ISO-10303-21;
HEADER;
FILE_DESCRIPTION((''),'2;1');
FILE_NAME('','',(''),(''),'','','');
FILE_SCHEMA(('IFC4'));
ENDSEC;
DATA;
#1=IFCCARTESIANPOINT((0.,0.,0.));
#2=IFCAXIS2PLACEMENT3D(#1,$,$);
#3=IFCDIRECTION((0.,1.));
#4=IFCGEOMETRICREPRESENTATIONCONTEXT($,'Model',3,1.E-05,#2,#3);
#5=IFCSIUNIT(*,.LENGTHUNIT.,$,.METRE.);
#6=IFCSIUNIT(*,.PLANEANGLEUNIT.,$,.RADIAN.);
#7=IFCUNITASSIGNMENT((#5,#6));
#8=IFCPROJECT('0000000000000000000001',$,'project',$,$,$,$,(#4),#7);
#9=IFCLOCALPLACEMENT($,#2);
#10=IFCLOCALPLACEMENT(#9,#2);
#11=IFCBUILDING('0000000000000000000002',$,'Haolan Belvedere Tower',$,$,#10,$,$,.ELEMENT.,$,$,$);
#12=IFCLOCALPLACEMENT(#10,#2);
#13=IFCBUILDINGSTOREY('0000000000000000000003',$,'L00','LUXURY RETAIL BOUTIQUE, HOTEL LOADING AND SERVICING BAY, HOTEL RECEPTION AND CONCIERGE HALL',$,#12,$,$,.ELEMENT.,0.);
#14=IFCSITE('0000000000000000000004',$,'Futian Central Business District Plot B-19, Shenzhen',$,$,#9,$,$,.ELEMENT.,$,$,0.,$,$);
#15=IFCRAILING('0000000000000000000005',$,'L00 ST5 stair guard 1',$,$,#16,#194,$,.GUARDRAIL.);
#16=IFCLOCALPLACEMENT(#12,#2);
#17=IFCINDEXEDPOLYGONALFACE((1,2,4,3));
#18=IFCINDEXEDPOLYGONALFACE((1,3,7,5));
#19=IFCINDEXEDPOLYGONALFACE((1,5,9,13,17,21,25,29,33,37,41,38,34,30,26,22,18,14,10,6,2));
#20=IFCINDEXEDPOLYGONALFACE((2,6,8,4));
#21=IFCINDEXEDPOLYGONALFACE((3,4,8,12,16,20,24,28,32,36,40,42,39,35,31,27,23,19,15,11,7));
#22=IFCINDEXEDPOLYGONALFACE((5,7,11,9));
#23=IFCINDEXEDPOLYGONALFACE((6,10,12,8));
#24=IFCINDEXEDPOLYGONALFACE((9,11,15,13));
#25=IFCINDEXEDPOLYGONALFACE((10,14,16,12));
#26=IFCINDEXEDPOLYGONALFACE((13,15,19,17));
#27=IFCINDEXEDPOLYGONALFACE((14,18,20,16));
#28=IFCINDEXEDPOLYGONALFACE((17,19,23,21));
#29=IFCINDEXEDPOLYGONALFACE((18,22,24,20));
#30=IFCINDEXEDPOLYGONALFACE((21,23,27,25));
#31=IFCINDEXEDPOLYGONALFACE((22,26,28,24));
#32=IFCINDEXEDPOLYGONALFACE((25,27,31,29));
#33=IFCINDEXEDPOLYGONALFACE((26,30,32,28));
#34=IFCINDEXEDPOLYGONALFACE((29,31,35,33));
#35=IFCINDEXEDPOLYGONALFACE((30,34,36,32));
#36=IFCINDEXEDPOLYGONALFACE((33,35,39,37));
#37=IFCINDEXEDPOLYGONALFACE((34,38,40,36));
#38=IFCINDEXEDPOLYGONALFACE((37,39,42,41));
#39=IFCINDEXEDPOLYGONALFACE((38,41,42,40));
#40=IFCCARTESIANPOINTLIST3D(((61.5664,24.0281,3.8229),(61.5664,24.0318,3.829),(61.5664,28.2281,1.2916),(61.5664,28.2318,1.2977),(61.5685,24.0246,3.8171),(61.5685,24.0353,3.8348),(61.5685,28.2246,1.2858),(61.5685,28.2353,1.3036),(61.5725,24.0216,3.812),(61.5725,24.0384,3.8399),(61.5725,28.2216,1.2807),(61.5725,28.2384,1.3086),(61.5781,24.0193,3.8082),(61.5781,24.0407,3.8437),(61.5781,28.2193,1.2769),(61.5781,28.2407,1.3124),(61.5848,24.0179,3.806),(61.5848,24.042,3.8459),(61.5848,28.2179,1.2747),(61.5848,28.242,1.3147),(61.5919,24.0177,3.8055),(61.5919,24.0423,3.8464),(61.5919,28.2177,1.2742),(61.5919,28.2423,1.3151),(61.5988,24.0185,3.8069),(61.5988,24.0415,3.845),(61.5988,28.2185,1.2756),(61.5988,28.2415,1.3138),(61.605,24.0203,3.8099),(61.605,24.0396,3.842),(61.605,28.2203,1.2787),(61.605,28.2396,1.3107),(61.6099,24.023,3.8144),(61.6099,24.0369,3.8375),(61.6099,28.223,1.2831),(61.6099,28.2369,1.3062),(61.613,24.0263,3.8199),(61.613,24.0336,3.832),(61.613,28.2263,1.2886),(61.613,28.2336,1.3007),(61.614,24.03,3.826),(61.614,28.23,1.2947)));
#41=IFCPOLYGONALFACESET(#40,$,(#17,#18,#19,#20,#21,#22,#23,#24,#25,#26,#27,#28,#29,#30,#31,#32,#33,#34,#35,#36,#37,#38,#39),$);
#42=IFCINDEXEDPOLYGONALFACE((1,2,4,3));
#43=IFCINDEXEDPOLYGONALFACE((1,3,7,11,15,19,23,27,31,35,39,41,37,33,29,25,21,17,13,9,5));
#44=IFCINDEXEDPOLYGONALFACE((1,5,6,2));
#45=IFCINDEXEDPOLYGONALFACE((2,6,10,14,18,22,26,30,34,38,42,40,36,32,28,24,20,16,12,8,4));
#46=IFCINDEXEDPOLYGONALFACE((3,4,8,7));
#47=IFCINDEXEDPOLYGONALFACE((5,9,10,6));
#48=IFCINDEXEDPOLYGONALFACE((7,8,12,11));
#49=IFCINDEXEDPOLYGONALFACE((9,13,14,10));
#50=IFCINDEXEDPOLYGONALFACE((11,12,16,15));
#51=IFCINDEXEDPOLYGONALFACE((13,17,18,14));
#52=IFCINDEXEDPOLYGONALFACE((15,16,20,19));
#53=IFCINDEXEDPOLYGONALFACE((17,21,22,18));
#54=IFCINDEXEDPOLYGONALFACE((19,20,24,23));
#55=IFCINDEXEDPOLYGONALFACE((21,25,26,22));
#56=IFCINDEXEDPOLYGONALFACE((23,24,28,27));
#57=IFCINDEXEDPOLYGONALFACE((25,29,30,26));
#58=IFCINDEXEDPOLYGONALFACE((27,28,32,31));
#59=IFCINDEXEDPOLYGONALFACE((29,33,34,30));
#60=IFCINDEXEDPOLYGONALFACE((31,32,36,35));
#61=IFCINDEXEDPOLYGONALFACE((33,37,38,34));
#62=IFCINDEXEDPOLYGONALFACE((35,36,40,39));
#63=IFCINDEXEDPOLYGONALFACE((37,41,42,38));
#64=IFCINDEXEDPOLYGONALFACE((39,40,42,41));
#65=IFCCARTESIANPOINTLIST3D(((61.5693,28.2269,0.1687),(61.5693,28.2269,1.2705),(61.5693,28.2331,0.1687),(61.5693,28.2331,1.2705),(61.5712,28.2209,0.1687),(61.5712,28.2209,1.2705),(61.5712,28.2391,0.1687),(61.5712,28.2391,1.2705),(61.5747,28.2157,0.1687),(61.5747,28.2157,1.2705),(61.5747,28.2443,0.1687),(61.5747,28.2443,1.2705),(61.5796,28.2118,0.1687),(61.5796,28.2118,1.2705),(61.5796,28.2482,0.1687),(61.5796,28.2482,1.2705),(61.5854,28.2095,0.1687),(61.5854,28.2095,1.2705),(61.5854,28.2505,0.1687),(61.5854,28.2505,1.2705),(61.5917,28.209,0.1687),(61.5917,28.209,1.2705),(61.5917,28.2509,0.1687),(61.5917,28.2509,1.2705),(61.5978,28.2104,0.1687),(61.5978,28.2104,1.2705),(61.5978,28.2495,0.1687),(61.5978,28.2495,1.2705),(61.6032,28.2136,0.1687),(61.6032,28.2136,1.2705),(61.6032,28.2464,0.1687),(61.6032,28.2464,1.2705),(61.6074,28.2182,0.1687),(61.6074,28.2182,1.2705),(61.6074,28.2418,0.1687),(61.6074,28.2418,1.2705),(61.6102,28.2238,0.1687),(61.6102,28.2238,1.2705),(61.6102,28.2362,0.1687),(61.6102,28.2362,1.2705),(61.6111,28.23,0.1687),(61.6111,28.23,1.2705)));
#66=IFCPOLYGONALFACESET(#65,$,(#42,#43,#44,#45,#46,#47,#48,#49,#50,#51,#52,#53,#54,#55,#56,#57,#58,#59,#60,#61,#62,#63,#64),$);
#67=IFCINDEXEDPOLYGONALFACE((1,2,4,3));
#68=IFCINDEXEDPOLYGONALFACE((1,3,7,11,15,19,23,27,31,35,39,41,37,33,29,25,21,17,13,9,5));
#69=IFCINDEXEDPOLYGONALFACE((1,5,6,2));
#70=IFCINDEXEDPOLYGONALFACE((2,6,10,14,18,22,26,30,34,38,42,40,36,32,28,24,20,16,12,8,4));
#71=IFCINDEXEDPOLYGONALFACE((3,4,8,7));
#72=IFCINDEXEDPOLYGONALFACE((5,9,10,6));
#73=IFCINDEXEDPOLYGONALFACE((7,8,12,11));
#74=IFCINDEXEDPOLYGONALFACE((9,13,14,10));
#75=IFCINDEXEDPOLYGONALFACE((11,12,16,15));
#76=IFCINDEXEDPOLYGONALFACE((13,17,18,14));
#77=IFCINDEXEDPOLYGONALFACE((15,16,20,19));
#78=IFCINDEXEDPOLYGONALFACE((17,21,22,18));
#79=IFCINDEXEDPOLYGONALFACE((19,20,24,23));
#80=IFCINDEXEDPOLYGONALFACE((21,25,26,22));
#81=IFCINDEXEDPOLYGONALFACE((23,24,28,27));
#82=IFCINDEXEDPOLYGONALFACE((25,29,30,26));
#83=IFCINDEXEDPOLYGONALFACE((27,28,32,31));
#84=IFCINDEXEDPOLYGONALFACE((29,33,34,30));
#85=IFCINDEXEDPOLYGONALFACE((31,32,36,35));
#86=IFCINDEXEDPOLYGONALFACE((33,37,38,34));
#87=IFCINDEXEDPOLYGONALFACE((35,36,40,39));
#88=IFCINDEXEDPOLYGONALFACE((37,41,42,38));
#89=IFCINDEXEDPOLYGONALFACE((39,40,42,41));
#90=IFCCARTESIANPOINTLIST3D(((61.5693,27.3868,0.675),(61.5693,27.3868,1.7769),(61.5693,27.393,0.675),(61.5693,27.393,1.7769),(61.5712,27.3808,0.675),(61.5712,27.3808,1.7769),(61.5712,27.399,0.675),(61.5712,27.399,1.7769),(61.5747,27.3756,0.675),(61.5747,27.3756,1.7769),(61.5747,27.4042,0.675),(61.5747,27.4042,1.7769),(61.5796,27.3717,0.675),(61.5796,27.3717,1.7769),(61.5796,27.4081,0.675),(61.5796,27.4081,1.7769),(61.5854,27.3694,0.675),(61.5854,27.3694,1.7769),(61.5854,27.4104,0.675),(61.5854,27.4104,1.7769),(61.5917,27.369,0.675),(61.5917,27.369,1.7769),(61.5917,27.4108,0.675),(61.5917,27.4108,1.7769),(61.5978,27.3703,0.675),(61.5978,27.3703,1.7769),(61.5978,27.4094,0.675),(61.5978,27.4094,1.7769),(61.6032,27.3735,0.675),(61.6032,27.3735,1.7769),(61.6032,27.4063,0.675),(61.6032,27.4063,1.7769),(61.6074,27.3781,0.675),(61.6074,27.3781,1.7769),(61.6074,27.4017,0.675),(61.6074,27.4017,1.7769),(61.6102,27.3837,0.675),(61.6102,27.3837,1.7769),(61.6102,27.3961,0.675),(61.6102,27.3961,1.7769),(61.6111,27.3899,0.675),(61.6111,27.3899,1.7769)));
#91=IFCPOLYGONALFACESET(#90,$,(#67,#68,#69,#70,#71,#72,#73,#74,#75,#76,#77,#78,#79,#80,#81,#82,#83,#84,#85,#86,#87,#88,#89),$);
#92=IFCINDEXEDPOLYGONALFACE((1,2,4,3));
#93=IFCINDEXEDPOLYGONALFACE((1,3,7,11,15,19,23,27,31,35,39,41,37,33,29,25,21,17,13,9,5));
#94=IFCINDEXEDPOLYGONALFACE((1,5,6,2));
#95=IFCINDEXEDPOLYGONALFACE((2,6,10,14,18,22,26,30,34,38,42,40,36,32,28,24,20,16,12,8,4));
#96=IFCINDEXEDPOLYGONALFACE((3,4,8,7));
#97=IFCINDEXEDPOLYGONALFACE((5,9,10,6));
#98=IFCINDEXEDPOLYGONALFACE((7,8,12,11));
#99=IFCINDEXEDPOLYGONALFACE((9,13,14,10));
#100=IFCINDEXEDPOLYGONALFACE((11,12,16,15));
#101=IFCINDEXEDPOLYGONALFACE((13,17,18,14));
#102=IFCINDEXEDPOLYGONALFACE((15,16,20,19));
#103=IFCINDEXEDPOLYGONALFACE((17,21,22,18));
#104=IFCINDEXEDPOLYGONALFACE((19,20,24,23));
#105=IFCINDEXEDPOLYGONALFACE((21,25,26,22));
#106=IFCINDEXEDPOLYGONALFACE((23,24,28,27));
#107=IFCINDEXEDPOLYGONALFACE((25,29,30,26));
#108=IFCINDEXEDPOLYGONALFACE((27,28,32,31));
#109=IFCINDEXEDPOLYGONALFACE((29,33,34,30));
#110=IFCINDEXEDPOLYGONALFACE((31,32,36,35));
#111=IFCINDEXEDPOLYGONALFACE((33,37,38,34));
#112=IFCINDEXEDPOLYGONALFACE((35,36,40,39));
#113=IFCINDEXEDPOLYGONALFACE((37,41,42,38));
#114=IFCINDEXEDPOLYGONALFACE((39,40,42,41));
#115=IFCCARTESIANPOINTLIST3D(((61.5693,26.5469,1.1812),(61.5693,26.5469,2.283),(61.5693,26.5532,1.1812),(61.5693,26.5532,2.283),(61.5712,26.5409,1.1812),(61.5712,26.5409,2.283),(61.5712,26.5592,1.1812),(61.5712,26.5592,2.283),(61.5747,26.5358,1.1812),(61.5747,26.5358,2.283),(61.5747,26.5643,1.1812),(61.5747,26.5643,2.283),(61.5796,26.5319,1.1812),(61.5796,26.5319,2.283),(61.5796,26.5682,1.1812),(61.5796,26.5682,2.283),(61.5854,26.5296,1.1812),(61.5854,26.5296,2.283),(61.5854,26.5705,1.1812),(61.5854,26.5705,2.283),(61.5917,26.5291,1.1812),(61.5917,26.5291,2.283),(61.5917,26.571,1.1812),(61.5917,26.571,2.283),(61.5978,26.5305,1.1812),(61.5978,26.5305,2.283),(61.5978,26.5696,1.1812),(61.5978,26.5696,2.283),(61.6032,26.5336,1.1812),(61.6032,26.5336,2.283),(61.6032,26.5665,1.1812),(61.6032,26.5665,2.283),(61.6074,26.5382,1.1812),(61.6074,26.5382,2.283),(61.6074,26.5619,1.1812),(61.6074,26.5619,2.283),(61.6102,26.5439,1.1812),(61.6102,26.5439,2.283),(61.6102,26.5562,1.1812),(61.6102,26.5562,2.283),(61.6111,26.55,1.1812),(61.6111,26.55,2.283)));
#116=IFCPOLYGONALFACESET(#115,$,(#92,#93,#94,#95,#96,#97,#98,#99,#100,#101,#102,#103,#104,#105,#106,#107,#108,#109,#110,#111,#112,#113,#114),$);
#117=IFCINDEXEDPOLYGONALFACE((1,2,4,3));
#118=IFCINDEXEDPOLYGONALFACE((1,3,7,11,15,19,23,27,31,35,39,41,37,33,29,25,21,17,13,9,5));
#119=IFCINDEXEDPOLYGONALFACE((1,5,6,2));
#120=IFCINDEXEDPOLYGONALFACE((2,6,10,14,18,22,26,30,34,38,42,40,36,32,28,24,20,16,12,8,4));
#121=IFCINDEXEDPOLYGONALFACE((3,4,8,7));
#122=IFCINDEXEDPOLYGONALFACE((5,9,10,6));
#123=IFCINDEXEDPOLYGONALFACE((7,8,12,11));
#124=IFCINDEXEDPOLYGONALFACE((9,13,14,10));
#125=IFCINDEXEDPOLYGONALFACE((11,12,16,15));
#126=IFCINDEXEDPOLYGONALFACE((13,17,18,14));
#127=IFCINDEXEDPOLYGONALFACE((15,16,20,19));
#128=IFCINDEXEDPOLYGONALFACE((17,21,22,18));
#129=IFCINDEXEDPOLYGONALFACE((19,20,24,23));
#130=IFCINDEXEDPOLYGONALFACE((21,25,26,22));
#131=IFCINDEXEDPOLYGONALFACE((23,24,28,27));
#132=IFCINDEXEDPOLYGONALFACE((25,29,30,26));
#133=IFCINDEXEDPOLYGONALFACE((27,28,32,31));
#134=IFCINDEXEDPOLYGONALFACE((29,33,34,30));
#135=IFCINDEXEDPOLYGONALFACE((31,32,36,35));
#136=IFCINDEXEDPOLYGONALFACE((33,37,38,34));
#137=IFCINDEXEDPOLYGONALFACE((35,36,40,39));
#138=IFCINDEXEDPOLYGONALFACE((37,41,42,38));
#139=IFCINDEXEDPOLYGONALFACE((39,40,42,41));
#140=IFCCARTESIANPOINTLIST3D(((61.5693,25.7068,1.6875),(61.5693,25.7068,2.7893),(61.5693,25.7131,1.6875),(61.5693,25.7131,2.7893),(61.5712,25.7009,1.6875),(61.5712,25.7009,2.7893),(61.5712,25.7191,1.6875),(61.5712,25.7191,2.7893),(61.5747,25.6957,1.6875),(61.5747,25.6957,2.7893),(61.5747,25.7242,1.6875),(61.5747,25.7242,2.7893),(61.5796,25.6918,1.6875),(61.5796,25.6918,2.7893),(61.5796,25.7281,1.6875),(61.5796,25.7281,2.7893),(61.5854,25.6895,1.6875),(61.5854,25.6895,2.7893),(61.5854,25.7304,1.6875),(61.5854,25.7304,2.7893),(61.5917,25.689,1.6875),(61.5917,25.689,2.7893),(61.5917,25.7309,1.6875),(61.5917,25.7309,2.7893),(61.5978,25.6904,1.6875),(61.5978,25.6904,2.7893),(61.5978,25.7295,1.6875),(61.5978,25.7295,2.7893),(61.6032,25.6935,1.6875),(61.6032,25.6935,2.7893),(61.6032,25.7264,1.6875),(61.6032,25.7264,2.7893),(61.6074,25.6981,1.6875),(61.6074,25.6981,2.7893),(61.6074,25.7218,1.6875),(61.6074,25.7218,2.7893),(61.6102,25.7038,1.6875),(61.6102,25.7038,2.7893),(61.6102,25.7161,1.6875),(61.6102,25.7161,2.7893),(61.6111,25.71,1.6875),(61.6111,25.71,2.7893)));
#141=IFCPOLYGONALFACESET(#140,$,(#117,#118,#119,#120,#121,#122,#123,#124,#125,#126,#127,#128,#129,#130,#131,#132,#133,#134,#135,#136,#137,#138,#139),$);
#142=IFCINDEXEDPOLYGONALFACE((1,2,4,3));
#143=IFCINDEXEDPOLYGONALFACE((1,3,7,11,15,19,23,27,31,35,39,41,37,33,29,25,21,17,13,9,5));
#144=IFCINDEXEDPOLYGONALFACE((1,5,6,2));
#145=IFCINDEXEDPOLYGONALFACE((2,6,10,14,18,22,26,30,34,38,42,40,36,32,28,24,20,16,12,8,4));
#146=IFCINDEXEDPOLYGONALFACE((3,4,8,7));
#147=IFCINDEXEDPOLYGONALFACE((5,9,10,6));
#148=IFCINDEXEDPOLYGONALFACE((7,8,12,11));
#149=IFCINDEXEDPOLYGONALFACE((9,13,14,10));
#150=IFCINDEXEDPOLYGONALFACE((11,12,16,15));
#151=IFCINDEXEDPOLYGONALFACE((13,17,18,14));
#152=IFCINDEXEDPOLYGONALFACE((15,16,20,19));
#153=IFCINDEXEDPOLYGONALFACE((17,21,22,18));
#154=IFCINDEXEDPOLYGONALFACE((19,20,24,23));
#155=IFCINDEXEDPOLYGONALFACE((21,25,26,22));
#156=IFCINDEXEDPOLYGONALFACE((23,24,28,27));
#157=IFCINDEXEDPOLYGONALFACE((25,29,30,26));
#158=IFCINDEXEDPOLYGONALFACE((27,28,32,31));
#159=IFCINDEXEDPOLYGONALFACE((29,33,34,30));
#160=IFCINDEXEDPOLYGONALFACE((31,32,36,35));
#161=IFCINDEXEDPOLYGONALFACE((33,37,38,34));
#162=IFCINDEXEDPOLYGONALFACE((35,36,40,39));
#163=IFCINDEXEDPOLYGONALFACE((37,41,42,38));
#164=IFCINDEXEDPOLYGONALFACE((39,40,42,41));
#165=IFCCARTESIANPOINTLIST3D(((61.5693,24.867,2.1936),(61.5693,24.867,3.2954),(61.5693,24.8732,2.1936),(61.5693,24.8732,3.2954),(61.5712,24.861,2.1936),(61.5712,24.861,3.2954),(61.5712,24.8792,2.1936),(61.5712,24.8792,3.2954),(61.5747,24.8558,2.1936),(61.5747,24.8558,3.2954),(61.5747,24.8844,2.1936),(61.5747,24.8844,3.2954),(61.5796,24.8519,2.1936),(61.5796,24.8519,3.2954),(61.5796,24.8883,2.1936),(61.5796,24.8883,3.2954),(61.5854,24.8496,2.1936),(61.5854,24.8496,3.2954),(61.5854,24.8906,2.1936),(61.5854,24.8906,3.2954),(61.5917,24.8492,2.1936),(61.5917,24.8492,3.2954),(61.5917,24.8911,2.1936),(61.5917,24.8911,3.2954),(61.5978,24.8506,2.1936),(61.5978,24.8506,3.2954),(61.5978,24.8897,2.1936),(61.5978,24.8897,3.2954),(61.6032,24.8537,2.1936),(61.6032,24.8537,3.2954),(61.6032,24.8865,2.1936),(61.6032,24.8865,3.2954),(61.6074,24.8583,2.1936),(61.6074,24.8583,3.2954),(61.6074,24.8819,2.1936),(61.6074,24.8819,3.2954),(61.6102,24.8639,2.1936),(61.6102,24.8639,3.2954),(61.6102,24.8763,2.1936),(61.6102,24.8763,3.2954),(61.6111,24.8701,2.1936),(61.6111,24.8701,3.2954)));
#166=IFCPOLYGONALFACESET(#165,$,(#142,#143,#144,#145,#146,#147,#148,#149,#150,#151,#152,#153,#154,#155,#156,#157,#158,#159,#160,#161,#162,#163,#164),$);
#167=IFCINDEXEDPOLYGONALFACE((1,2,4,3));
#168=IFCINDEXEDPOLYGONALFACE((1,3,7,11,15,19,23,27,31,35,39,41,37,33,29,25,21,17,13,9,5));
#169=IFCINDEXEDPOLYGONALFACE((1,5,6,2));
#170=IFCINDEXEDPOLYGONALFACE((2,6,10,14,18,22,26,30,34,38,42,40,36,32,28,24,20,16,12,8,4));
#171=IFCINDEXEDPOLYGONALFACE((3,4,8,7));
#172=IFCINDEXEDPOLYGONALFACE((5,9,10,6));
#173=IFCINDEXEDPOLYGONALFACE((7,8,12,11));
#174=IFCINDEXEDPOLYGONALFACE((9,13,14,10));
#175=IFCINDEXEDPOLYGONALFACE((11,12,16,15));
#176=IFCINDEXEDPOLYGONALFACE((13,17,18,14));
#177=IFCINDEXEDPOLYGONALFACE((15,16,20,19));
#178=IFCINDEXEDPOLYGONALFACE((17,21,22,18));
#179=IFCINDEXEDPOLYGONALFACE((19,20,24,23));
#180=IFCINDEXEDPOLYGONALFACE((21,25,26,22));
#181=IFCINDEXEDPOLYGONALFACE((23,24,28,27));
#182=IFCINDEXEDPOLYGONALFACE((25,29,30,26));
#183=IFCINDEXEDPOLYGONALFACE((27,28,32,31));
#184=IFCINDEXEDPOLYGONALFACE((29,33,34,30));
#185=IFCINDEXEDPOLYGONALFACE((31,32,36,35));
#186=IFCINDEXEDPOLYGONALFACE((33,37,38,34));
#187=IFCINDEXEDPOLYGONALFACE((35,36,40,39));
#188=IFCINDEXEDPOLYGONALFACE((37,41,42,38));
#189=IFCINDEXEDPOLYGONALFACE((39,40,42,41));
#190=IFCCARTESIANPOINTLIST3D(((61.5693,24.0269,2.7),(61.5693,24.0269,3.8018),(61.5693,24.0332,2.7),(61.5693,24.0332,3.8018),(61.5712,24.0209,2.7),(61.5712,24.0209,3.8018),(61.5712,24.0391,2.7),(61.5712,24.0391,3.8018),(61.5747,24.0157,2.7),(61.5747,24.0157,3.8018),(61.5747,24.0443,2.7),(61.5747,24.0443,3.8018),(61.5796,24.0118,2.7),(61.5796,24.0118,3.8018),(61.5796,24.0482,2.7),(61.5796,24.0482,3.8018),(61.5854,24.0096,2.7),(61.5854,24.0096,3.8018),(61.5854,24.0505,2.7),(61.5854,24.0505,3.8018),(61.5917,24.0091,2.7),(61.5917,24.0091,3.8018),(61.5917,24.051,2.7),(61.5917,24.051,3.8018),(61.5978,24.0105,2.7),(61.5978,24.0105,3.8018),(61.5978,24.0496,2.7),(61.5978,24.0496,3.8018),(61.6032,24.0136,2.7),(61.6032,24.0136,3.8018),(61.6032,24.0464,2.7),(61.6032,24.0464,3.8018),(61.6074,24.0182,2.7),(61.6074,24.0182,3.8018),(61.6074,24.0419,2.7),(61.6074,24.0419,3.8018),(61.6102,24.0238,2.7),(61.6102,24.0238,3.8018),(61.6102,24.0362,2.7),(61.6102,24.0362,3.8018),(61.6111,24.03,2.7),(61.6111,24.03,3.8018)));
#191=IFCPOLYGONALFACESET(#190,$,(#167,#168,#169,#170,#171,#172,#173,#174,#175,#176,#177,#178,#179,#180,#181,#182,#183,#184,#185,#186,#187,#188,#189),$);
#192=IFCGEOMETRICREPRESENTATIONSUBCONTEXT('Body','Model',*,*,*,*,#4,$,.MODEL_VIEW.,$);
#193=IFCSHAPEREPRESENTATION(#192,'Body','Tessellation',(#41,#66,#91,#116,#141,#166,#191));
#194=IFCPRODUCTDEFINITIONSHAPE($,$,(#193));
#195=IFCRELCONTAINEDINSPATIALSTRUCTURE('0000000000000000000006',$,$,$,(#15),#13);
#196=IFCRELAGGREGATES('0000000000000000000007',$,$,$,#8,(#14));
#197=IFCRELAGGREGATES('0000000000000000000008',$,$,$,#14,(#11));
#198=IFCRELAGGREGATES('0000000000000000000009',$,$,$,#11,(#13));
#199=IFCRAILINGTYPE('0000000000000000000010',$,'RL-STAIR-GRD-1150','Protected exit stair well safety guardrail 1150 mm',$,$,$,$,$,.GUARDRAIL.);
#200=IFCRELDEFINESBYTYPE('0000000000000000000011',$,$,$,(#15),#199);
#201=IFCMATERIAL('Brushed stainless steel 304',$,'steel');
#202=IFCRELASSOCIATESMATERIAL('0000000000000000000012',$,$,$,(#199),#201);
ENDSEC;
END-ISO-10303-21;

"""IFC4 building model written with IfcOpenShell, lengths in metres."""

from ifc_helpers import new_model, si_unit, direction, frame, origin, origin_2d, place, context, subcontext, project, spatial, circle, extrude, material, type_object, element, save


model = new_model("IFC4")

# Units and contexts
model_context = context("Model", 3, precision=1e-05, world=origin(), true_north=direction((0.0, 1.0)))
body_context = subcontext(model_context, "Body", "Model", "MODEL_VIEW")
ifc_project = project(units=[si_unit("LENGTHUNIT", "METRE"), si_unit("PLANEANGLEUNIT", "RADIAN")], contexts=[model_context])

# Site, building, storey
site_placement = place(None, origin())
site = spatial("IfcSite", under=ifc_project, at=site_placement, Name="Futian Central Business District Plot B-19, Shenzhen", CompositionType="ELEMENT", RefElevation=0.0)
building_placement = place(site_placement, origin())
building = spatial("IfcBuilding", under=site, at=building_placement, Name="Haolan Belvedere Tower", CompositionType="ELEMENT")
storey_placement = place(building_placement, origin())
storey = spatial("IfcBuildingStorey", under=building, at=storey_placement, Name="L00", Description="LUXURY RETAIL BOUTIQUE, HOTEL LOADING AND SERVICING BAY, HOTEL RECEPTION AND CONCIERGE HALL", CompositionType="ELEMENT", Elevation=0.0)

# Railing
ifc_material_1 = material(Name="Brushed stainless steel 304", Category="steel")
railing_type_1 = type_object("IfcRailingType", Name="RL-STAIR-GRD-1150", Description="Protected exit stair well safety guardrail 1150 mm", PredefinedType="GUARDRAIL", material=ifc_material_1)
railing_1_placement = place(storey_placement, frame((61.5901, 28.23, 0.1687)))
element("IfcRailing", 1, at=railing_1_placement, inside=storey, type_object=railing_type_1, Name="L00 ST5 stair guard 1", PredefinedType="GUARDRAIL", context=body_context, shape_type="SweptSolid", body=[
    extrude(circle(Radius=0.0239, at=origin_2d()), frame((0.0, 0.0, 1.126), z_axis=(0.0, -0.856476, 0.516186), x_axis=(1.0, 0.0, 0.0)), (0.0, 0.0, 1.0), 4.9038),
    extrude(circle(Radius=0.021, at=origin_2d()), origin(), (0.0, 0.0, 1.0), 1.1018),
    extrude(circle(Radius=0.021, at=origin_2d()), frame((0.0, -0.8401, 0.5063)), (0.0, 0.0, 1.0), 1.1018),
    extrude(circle(Radius=0.021, at=origin_2d()), frame((0.0, -1.6799, 1.0125)), (0.0, 0.0, 1.0), 1.1018),
    extrude(circle(Radius=0.021, at=origin_2d()), frame((0.0, -2.52, 1.5188)), (0.0, 0.0, 1.0), 1.1018),
    extrude(circle(Radius=0.021, at=origin_2d()), frame((0.0, -3.3599, 2.0249)), (0.0, 0.0, 1.0), 1.1018),
    extrude(circle(Radius=0.021, at=origin_2d()), frame((0.0, -4.2, 2.5312)), (0.0, 0.0, 1.0), 1.1018),
])

save(model, "model.ifc")
